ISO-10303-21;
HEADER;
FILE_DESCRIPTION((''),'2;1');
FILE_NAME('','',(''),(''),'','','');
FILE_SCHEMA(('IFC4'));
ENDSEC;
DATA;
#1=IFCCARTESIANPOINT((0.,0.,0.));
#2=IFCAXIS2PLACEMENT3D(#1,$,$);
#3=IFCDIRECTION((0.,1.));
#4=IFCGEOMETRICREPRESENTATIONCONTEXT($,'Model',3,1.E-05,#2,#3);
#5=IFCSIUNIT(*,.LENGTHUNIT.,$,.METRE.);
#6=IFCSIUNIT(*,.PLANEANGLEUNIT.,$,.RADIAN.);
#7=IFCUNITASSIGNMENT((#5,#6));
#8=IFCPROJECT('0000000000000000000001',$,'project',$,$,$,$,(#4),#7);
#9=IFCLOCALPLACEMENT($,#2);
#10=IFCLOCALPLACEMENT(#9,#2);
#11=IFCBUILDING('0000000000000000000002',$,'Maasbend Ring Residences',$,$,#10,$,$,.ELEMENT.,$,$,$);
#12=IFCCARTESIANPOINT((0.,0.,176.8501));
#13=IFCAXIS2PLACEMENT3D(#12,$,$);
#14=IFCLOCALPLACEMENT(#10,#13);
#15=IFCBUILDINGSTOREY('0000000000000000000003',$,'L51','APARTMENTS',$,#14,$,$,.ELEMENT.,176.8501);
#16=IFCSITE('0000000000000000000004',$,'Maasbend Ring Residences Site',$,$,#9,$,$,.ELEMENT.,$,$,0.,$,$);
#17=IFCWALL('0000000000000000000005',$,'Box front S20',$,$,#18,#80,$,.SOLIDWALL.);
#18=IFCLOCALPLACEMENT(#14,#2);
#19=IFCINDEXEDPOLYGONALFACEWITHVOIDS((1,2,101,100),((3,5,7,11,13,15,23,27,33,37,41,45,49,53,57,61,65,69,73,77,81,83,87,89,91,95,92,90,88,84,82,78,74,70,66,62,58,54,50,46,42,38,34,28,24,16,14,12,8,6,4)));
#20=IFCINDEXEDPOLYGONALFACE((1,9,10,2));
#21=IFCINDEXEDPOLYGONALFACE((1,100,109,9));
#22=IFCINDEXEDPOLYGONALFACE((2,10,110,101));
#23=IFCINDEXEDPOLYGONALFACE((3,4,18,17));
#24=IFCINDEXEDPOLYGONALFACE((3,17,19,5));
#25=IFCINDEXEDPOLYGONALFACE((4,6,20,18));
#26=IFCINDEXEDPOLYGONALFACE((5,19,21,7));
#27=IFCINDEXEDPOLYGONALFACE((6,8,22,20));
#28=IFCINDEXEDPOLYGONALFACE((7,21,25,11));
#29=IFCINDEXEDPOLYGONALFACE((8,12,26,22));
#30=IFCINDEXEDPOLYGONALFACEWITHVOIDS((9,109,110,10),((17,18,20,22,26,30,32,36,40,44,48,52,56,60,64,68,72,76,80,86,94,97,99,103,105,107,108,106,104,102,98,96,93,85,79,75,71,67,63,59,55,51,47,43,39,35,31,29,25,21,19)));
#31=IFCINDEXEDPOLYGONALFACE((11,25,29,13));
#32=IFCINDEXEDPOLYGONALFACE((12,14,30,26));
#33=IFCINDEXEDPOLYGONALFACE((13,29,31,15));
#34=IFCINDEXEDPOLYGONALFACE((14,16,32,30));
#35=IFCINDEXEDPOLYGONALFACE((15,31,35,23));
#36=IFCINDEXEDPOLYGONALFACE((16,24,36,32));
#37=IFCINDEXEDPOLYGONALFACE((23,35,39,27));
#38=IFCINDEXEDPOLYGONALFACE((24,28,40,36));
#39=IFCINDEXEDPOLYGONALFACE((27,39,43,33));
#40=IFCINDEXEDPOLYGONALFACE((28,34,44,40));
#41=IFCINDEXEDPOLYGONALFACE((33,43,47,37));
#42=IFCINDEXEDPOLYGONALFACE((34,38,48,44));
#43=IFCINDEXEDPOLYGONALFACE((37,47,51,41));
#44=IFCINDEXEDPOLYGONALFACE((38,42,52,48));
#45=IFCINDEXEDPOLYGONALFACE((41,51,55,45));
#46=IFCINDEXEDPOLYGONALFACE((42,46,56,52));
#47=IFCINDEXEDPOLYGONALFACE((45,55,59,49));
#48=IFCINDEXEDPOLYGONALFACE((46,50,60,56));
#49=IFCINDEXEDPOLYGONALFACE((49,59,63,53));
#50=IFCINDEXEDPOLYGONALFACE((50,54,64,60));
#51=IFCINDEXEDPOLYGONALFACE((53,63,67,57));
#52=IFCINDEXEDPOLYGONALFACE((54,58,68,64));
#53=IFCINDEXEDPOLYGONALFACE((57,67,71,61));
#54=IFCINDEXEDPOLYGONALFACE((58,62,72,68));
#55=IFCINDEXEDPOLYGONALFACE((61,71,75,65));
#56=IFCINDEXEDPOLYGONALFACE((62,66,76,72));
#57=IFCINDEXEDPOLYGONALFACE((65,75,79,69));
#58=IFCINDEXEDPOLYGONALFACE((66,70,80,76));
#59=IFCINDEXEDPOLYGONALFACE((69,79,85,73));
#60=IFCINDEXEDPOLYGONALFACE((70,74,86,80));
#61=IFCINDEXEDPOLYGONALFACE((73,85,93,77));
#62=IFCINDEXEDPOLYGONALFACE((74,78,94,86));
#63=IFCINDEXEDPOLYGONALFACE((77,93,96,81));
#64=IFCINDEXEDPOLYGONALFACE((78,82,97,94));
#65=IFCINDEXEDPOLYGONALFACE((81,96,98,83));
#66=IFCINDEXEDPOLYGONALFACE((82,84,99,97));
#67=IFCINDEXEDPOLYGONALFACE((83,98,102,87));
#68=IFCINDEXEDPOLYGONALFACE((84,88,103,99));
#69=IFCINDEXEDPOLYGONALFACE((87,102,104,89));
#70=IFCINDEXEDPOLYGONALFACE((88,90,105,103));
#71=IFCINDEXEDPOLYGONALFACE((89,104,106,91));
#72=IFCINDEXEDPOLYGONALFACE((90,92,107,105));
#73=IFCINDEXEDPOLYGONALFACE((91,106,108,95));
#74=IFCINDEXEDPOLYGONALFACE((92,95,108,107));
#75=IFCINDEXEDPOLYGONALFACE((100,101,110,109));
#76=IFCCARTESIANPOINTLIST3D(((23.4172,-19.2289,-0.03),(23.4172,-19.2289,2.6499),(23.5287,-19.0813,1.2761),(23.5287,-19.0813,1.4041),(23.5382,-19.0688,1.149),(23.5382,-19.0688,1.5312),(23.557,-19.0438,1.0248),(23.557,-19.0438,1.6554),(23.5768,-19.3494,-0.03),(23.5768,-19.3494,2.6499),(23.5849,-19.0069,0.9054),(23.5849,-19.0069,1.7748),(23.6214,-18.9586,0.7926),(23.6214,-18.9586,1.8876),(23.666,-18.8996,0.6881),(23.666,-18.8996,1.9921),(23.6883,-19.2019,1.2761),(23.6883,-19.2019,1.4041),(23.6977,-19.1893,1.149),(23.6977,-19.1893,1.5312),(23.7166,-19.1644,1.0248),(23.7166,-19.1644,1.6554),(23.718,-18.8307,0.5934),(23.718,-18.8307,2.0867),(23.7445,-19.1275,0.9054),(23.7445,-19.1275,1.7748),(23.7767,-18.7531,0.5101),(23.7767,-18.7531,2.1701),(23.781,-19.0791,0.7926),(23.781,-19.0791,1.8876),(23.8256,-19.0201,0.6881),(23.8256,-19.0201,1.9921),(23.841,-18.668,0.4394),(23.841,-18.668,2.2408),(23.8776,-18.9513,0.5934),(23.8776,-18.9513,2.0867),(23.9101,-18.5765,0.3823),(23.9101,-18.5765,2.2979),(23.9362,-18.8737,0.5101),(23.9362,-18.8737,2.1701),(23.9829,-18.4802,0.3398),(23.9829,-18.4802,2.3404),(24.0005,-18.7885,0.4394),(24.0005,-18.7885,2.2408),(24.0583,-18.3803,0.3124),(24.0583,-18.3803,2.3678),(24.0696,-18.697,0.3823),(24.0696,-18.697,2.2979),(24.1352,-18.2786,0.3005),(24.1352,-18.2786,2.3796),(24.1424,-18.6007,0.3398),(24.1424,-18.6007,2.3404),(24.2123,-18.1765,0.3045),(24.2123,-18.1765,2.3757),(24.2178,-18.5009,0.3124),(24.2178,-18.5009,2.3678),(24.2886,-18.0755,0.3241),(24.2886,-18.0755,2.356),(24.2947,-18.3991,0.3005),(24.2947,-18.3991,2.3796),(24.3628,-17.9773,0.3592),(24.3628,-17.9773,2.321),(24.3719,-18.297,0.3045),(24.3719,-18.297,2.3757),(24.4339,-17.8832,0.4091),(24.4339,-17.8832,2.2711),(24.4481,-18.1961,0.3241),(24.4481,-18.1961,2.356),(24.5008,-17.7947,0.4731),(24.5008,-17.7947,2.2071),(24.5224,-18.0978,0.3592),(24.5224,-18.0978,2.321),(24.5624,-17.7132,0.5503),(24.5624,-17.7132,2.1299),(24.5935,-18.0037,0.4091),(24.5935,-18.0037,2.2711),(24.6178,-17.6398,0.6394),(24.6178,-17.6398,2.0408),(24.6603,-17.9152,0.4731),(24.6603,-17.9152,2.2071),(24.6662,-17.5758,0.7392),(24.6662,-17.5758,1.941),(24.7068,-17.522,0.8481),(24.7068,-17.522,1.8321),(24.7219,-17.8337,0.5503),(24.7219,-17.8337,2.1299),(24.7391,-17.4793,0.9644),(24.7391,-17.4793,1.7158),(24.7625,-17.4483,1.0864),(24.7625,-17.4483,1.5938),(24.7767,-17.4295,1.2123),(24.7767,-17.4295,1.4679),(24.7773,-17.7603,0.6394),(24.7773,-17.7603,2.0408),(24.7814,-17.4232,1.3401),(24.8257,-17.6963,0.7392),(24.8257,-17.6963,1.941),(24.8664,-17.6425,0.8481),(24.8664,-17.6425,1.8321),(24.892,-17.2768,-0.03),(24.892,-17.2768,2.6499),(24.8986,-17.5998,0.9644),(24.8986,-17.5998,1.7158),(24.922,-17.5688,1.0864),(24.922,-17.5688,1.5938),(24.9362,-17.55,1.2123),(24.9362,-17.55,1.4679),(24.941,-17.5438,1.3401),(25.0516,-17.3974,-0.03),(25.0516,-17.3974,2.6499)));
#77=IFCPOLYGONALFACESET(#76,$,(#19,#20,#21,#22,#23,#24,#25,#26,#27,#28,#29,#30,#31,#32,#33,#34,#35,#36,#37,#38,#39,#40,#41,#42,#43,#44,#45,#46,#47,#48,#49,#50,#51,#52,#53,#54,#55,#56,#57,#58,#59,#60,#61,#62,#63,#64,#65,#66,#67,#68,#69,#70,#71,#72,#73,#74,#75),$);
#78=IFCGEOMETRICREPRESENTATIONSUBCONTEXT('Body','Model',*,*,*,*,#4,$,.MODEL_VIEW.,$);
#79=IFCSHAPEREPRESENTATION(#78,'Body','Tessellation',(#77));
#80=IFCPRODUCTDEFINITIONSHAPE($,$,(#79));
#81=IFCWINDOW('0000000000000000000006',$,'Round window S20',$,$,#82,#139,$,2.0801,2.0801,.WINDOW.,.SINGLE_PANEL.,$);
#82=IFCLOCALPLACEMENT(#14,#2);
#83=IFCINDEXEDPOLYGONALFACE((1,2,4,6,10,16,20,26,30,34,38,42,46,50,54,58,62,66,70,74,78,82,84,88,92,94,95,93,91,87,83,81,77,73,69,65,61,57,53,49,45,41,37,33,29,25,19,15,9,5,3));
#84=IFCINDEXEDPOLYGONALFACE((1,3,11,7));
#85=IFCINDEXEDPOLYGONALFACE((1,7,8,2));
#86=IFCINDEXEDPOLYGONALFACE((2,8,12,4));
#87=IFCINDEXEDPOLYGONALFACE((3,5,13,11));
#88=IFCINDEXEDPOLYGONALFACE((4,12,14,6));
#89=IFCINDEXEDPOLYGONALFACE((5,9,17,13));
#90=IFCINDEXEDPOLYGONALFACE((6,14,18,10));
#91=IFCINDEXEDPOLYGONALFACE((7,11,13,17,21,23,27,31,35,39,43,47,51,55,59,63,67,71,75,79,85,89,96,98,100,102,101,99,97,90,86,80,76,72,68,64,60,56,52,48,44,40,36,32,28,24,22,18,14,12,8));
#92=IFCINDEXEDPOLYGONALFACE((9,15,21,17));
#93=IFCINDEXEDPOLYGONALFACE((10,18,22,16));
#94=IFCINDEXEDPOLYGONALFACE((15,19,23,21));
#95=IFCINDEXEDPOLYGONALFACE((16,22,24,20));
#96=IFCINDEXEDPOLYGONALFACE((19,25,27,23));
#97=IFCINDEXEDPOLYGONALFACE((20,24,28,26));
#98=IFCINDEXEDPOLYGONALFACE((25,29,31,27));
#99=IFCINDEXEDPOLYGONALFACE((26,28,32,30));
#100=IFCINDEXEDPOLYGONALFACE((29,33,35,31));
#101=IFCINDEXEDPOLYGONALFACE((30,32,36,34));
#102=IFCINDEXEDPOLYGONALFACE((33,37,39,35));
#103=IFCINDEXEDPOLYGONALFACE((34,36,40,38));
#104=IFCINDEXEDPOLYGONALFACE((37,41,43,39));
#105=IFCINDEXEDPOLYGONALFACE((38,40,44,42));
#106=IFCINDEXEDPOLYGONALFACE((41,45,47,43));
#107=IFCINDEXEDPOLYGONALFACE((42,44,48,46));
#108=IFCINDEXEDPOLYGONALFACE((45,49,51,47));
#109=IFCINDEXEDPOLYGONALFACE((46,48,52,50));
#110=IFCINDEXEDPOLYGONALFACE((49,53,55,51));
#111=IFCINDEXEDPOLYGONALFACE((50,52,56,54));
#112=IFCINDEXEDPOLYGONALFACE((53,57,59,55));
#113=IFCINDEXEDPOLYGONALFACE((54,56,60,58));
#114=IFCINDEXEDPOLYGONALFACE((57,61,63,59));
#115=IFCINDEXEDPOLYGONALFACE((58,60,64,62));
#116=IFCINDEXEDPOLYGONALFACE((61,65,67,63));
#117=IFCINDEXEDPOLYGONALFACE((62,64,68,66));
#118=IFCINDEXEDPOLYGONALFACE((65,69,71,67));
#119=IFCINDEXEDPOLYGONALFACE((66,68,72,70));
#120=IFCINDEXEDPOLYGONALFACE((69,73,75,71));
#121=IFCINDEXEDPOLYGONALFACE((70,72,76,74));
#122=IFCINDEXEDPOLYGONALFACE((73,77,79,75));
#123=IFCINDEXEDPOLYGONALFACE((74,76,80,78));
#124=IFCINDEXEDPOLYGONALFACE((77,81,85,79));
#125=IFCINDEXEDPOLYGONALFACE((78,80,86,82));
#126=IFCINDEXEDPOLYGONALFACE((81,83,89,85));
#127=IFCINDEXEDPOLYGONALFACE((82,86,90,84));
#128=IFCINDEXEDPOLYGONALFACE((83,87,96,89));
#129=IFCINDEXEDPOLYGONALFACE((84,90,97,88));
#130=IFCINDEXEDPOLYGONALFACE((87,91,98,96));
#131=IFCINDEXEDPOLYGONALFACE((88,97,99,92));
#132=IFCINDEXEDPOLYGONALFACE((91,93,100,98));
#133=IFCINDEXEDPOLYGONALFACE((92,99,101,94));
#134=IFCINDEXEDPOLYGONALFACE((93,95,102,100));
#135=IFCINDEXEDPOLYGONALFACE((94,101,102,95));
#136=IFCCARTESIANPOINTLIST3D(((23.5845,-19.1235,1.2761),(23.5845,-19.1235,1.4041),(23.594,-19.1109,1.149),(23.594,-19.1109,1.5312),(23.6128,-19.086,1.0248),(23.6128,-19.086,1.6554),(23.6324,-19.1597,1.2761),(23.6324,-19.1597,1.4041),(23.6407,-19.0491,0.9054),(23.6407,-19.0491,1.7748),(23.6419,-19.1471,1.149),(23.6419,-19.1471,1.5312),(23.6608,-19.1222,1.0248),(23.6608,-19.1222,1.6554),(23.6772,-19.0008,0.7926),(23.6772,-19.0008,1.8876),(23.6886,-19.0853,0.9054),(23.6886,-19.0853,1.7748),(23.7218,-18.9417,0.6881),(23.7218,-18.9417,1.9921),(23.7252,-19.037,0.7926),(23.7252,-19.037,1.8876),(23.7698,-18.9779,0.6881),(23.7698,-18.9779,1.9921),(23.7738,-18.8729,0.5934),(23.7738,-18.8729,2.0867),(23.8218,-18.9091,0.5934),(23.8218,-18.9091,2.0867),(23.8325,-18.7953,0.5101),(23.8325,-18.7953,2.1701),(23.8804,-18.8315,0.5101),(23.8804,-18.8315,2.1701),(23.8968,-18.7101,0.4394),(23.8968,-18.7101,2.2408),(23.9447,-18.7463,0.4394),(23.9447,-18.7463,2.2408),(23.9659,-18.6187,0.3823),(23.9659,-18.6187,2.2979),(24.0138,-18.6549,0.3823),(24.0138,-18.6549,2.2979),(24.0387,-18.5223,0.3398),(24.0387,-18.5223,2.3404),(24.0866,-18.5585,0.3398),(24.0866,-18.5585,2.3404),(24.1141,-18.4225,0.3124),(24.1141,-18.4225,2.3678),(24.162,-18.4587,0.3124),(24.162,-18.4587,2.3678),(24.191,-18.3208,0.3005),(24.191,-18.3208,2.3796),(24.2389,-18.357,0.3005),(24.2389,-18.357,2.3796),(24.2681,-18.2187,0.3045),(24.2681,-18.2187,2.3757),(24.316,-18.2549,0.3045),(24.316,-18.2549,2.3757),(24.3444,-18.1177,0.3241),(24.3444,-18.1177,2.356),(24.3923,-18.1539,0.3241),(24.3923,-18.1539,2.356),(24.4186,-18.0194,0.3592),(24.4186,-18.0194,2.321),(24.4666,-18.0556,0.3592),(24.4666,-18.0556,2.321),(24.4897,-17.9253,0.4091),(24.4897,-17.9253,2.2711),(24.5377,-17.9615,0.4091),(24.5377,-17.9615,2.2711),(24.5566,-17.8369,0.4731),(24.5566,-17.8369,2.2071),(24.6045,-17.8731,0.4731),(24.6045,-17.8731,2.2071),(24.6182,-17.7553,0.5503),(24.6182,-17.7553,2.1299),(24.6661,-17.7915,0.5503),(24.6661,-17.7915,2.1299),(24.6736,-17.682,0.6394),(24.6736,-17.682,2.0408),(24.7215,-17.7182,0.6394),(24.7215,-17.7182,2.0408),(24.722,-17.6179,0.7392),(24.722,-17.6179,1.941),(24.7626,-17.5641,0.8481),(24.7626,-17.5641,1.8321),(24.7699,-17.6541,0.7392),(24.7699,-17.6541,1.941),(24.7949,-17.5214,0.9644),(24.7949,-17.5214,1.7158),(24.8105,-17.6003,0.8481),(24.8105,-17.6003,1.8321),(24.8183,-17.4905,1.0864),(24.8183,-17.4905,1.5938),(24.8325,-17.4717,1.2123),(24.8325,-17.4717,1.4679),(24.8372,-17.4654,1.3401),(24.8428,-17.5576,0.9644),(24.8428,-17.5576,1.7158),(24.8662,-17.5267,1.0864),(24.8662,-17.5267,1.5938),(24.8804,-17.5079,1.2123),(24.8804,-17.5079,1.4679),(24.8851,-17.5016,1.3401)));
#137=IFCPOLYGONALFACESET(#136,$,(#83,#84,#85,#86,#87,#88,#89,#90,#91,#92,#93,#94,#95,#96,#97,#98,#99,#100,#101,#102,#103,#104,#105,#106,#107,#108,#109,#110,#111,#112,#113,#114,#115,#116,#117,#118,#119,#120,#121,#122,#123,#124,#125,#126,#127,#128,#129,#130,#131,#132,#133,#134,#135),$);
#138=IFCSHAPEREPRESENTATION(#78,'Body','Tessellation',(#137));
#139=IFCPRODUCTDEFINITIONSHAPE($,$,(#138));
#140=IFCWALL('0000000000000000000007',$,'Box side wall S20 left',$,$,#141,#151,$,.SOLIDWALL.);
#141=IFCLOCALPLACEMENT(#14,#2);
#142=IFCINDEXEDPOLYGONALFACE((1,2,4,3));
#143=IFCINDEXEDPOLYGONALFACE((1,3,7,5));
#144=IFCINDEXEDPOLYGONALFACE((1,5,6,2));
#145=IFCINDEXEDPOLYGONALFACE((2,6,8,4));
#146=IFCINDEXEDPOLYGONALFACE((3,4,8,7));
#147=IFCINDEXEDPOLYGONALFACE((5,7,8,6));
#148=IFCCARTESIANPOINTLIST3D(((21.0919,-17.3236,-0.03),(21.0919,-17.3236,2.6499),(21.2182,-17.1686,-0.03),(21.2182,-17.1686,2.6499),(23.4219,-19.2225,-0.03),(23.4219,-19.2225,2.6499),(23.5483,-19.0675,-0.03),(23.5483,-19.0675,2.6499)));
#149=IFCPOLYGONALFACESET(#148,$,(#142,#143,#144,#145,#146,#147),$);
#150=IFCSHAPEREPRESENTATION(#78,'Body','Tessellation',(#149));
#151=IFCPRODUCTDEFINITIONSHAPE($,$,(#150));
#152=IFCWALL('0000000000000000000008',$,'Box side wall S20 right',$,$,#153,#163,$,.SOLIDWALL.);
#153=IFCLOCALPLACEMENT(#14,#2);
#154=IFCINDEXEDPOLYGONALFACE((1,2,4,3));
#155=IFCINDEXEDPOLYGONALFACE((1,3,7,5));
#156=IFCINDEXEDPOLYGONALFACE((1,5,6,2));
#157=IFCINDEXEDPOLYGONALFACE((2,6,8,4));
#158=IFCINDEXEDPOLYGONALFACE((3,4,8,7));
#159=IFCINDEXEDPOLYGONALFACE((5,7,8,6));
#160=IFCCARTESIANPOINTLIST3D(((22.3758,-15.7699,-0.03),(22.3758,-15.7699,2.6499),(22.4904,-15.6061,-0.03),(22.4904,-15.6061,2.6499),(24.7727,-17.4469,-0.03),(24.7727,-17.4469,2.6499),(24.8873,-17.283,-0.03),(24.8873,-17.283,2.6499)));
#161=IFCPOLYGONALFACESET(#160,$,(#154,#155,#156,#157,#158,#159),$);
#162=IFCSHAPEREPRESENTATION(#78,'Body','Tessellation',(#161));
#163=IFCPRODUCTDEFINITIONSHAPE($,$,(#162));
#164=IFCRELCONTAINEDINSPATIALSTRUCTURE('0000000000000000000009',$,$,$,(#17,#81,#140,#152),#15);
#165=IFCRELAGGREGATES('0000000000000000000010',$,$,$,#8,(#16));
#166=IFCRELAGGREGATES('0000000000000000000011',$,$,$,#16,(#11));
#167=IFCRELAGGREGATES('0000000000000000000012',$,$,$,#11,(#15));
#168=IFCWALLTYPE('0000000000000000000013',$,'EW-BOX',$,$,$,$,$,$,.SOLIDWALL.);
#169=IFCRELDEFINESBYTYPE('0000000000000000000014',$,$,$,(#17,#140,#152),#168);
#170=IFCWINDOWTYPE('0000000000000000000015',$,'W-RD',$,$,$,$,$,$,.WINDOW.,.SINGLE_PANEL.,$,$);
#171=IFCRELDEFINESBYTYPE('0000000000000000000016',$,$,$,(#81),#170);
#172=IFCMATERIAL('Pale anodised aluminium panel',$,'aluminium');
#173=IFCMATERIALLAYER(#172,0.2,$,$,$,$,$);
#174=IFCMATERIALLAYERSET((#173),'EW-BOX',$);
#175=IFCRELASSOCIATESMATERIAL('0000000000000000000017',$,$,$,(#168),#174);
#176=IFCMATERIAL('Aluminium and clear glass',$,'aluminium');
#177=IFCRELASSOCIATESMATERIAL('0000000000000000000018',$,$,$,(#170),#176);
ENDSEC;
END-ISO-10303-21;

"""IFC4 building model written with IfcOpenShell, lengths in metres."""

from ifc_helpers import new_model, si_unit, direction, frame, frame_2d, origin, place, context, subcontext, project, spatial, rectangle, circle, extrude, material, layer, layer_set, type_object, element, fill, save


model = new_model("IFC4")

# Units and contexts
model_context = context("Model", 3, precision=1e-05, world=origin(), true_north=direction((0.0, 1.0)))
body_context = subcontext(model_context, "Body", "Model", "MODEL_VIEW")
ifc_project = project(units=[si_unit("LENGTHUNIT", "METRE"), si_unit("PLANEANGLEUNIT", "RADIAN")], contexts=[model_context])

# Site, building, storey
site_placement = place(None, origin())
site = spatial("IfcSite", under=ifc_project, at=site_placement, Name="Maasbend Ring Residences Site", CompositionType="ELEMENT", RefElevation=0.0)
building_placement = place(site_placement, origin())
building = spatial("IfcBuilding", under=site, at=building_placement, Name="Maasbend Ring Residences", CompositionType="ELEMENT")
storey_placement = place(building_placement, frame((0.0, 0.0, 176.8501)))
storey = spatial("IfcBuildingStorey", under=building, at=storey_placement, Name="L51", Description="APARTMENTS", CompositionType="ELEMENT", Elevation=176.8501)

# Shared definitions
ifc_material_1 = material(Name="Pale anodised aluminium panel", Category="aluminium")
ifc_layer_1 = layer(ifc_material_1, 0.2)
ifc_layer_set_1 = layer_set([ifc_layer_1], Name="EW-BOX")
wall_type_1 = type_object("IfcWallType", Name="EW-BOX", PredefinedType="SOLIDWALL", material=ifc_layer_set_1)
ifc_material_2 = material(Name="Aluminium and clear glass", Category="aluminium")
window_type_1 = type_object("IfcWindowType", Name="W-RD", PartitioningType="SINGLE_PANEL", PredefinedType="WINDOW", material=ifc_material_2)

# Wall, opening, window
wall_1_placement = place(storey_placement, frame((23.4971, -19.2891, -0.03), z_axis=(0.0, 0.0, 1.0), x_axis=(0.602806, 0.797888, 0.0)))
wall_1 = element("IfcWall", 1, at=wall_1_placement, inside=storey, type_object=wall_type_1, Name="Box front S20", PredefinedType="SOLIDWALL", context=body_context, shape_type="SweptSolid", body=[
    extrude(rectangle(XDim=2.4465, YDim=0.2, at=frame_2d((1.2231, 0.0))), origin(), (0.0, 0.0, 1.0), 2.6799),
])
opening_1_placement = place(wall_1_placement, frame((0.1829, 0.0, 0.3301)))
opening_1 = element("IfcOpeningElement", 2, at=opening_1_placement, cuts=wall_1, PredefinedType="OPENING", context=body_context, shape_type="SweptSolid", body=[
    extrude(circle(Radius=1.04, at=frame_2d((1.04, 1.04))), frame((0.0, 0.1099, 0.0), z_axis=(0.0, -1.0, 0.0), x_axis=(1.0, 0.0, 0.0)), (0.0, 0.0, 1.0), 0.22),
])
window_1_placement = place(opening_1_placement, origin())
window_1 = element("IfcWindow", 3, at=window_1_placement, inside=storey, type_object=window_type_1, Name="Round window S20", OverallHeight=2.0801, OverallWidth=2.0801, PartitioningType="SINGLE_PANEL", PredefinedType="WINDOW", context=body_context, shape_type="SweptSolid", body=[
    extrude(circle(Radius=1.04, at=frame_2d((1.04, 1.04))), frame((0.0, 0.03, 0.0), z_axis=(0.0, -1.0, 0.0), x_axis=(1.0, 0.0, 0.0)), (0.0, 0.0, 1.0), 0.0601),
])
fill(opening_1, window_1)

# Walls
wall_2_placement = place(storey_placement, frame((21.155, -17.2461, -0.03), z_axis=(0.0, 0.0, 1.0), x_axis=(0.775179, -0.631742, 0.0)))
element("IfcWall", 4, at=wall_2_placement, inside=storey, type_object=wall_type_1, Name="Box side wall S20 left", PredefinedType="SOLIDWALL", context=body_context, shape_type="SweptSolid", body=[
    extrude(rectangle(XDim=3.0059, YDim=0.2, at=frame_2d((1.5029, 0.0))), origin(), (0.0, 0.0, 1.0), 2.6799),
])
wall_3_placement = place(storey_placement, frame((22.4331, -15.688, -0.03), z_axis=(0.0, 0.0, 1.0), x_axis=(0.819373, -0.573261, 0.0)))
element("IfcWall", 5, at=wall_3_placement, inside=storey, type_object=wall_type_1, Name="Box side wall S20 right", PredefinedType="SOLIDWALL", context=body_context, shape_type="SweptSolid", body=[
    extrude(rectangle(XDim=2.9253, YDim=0.2, at=frame_2d((1.4626, 0.0))), origin(), (0.0, 0.0, 1.0), 2.6799),
])

save(model, "model.ifc")
